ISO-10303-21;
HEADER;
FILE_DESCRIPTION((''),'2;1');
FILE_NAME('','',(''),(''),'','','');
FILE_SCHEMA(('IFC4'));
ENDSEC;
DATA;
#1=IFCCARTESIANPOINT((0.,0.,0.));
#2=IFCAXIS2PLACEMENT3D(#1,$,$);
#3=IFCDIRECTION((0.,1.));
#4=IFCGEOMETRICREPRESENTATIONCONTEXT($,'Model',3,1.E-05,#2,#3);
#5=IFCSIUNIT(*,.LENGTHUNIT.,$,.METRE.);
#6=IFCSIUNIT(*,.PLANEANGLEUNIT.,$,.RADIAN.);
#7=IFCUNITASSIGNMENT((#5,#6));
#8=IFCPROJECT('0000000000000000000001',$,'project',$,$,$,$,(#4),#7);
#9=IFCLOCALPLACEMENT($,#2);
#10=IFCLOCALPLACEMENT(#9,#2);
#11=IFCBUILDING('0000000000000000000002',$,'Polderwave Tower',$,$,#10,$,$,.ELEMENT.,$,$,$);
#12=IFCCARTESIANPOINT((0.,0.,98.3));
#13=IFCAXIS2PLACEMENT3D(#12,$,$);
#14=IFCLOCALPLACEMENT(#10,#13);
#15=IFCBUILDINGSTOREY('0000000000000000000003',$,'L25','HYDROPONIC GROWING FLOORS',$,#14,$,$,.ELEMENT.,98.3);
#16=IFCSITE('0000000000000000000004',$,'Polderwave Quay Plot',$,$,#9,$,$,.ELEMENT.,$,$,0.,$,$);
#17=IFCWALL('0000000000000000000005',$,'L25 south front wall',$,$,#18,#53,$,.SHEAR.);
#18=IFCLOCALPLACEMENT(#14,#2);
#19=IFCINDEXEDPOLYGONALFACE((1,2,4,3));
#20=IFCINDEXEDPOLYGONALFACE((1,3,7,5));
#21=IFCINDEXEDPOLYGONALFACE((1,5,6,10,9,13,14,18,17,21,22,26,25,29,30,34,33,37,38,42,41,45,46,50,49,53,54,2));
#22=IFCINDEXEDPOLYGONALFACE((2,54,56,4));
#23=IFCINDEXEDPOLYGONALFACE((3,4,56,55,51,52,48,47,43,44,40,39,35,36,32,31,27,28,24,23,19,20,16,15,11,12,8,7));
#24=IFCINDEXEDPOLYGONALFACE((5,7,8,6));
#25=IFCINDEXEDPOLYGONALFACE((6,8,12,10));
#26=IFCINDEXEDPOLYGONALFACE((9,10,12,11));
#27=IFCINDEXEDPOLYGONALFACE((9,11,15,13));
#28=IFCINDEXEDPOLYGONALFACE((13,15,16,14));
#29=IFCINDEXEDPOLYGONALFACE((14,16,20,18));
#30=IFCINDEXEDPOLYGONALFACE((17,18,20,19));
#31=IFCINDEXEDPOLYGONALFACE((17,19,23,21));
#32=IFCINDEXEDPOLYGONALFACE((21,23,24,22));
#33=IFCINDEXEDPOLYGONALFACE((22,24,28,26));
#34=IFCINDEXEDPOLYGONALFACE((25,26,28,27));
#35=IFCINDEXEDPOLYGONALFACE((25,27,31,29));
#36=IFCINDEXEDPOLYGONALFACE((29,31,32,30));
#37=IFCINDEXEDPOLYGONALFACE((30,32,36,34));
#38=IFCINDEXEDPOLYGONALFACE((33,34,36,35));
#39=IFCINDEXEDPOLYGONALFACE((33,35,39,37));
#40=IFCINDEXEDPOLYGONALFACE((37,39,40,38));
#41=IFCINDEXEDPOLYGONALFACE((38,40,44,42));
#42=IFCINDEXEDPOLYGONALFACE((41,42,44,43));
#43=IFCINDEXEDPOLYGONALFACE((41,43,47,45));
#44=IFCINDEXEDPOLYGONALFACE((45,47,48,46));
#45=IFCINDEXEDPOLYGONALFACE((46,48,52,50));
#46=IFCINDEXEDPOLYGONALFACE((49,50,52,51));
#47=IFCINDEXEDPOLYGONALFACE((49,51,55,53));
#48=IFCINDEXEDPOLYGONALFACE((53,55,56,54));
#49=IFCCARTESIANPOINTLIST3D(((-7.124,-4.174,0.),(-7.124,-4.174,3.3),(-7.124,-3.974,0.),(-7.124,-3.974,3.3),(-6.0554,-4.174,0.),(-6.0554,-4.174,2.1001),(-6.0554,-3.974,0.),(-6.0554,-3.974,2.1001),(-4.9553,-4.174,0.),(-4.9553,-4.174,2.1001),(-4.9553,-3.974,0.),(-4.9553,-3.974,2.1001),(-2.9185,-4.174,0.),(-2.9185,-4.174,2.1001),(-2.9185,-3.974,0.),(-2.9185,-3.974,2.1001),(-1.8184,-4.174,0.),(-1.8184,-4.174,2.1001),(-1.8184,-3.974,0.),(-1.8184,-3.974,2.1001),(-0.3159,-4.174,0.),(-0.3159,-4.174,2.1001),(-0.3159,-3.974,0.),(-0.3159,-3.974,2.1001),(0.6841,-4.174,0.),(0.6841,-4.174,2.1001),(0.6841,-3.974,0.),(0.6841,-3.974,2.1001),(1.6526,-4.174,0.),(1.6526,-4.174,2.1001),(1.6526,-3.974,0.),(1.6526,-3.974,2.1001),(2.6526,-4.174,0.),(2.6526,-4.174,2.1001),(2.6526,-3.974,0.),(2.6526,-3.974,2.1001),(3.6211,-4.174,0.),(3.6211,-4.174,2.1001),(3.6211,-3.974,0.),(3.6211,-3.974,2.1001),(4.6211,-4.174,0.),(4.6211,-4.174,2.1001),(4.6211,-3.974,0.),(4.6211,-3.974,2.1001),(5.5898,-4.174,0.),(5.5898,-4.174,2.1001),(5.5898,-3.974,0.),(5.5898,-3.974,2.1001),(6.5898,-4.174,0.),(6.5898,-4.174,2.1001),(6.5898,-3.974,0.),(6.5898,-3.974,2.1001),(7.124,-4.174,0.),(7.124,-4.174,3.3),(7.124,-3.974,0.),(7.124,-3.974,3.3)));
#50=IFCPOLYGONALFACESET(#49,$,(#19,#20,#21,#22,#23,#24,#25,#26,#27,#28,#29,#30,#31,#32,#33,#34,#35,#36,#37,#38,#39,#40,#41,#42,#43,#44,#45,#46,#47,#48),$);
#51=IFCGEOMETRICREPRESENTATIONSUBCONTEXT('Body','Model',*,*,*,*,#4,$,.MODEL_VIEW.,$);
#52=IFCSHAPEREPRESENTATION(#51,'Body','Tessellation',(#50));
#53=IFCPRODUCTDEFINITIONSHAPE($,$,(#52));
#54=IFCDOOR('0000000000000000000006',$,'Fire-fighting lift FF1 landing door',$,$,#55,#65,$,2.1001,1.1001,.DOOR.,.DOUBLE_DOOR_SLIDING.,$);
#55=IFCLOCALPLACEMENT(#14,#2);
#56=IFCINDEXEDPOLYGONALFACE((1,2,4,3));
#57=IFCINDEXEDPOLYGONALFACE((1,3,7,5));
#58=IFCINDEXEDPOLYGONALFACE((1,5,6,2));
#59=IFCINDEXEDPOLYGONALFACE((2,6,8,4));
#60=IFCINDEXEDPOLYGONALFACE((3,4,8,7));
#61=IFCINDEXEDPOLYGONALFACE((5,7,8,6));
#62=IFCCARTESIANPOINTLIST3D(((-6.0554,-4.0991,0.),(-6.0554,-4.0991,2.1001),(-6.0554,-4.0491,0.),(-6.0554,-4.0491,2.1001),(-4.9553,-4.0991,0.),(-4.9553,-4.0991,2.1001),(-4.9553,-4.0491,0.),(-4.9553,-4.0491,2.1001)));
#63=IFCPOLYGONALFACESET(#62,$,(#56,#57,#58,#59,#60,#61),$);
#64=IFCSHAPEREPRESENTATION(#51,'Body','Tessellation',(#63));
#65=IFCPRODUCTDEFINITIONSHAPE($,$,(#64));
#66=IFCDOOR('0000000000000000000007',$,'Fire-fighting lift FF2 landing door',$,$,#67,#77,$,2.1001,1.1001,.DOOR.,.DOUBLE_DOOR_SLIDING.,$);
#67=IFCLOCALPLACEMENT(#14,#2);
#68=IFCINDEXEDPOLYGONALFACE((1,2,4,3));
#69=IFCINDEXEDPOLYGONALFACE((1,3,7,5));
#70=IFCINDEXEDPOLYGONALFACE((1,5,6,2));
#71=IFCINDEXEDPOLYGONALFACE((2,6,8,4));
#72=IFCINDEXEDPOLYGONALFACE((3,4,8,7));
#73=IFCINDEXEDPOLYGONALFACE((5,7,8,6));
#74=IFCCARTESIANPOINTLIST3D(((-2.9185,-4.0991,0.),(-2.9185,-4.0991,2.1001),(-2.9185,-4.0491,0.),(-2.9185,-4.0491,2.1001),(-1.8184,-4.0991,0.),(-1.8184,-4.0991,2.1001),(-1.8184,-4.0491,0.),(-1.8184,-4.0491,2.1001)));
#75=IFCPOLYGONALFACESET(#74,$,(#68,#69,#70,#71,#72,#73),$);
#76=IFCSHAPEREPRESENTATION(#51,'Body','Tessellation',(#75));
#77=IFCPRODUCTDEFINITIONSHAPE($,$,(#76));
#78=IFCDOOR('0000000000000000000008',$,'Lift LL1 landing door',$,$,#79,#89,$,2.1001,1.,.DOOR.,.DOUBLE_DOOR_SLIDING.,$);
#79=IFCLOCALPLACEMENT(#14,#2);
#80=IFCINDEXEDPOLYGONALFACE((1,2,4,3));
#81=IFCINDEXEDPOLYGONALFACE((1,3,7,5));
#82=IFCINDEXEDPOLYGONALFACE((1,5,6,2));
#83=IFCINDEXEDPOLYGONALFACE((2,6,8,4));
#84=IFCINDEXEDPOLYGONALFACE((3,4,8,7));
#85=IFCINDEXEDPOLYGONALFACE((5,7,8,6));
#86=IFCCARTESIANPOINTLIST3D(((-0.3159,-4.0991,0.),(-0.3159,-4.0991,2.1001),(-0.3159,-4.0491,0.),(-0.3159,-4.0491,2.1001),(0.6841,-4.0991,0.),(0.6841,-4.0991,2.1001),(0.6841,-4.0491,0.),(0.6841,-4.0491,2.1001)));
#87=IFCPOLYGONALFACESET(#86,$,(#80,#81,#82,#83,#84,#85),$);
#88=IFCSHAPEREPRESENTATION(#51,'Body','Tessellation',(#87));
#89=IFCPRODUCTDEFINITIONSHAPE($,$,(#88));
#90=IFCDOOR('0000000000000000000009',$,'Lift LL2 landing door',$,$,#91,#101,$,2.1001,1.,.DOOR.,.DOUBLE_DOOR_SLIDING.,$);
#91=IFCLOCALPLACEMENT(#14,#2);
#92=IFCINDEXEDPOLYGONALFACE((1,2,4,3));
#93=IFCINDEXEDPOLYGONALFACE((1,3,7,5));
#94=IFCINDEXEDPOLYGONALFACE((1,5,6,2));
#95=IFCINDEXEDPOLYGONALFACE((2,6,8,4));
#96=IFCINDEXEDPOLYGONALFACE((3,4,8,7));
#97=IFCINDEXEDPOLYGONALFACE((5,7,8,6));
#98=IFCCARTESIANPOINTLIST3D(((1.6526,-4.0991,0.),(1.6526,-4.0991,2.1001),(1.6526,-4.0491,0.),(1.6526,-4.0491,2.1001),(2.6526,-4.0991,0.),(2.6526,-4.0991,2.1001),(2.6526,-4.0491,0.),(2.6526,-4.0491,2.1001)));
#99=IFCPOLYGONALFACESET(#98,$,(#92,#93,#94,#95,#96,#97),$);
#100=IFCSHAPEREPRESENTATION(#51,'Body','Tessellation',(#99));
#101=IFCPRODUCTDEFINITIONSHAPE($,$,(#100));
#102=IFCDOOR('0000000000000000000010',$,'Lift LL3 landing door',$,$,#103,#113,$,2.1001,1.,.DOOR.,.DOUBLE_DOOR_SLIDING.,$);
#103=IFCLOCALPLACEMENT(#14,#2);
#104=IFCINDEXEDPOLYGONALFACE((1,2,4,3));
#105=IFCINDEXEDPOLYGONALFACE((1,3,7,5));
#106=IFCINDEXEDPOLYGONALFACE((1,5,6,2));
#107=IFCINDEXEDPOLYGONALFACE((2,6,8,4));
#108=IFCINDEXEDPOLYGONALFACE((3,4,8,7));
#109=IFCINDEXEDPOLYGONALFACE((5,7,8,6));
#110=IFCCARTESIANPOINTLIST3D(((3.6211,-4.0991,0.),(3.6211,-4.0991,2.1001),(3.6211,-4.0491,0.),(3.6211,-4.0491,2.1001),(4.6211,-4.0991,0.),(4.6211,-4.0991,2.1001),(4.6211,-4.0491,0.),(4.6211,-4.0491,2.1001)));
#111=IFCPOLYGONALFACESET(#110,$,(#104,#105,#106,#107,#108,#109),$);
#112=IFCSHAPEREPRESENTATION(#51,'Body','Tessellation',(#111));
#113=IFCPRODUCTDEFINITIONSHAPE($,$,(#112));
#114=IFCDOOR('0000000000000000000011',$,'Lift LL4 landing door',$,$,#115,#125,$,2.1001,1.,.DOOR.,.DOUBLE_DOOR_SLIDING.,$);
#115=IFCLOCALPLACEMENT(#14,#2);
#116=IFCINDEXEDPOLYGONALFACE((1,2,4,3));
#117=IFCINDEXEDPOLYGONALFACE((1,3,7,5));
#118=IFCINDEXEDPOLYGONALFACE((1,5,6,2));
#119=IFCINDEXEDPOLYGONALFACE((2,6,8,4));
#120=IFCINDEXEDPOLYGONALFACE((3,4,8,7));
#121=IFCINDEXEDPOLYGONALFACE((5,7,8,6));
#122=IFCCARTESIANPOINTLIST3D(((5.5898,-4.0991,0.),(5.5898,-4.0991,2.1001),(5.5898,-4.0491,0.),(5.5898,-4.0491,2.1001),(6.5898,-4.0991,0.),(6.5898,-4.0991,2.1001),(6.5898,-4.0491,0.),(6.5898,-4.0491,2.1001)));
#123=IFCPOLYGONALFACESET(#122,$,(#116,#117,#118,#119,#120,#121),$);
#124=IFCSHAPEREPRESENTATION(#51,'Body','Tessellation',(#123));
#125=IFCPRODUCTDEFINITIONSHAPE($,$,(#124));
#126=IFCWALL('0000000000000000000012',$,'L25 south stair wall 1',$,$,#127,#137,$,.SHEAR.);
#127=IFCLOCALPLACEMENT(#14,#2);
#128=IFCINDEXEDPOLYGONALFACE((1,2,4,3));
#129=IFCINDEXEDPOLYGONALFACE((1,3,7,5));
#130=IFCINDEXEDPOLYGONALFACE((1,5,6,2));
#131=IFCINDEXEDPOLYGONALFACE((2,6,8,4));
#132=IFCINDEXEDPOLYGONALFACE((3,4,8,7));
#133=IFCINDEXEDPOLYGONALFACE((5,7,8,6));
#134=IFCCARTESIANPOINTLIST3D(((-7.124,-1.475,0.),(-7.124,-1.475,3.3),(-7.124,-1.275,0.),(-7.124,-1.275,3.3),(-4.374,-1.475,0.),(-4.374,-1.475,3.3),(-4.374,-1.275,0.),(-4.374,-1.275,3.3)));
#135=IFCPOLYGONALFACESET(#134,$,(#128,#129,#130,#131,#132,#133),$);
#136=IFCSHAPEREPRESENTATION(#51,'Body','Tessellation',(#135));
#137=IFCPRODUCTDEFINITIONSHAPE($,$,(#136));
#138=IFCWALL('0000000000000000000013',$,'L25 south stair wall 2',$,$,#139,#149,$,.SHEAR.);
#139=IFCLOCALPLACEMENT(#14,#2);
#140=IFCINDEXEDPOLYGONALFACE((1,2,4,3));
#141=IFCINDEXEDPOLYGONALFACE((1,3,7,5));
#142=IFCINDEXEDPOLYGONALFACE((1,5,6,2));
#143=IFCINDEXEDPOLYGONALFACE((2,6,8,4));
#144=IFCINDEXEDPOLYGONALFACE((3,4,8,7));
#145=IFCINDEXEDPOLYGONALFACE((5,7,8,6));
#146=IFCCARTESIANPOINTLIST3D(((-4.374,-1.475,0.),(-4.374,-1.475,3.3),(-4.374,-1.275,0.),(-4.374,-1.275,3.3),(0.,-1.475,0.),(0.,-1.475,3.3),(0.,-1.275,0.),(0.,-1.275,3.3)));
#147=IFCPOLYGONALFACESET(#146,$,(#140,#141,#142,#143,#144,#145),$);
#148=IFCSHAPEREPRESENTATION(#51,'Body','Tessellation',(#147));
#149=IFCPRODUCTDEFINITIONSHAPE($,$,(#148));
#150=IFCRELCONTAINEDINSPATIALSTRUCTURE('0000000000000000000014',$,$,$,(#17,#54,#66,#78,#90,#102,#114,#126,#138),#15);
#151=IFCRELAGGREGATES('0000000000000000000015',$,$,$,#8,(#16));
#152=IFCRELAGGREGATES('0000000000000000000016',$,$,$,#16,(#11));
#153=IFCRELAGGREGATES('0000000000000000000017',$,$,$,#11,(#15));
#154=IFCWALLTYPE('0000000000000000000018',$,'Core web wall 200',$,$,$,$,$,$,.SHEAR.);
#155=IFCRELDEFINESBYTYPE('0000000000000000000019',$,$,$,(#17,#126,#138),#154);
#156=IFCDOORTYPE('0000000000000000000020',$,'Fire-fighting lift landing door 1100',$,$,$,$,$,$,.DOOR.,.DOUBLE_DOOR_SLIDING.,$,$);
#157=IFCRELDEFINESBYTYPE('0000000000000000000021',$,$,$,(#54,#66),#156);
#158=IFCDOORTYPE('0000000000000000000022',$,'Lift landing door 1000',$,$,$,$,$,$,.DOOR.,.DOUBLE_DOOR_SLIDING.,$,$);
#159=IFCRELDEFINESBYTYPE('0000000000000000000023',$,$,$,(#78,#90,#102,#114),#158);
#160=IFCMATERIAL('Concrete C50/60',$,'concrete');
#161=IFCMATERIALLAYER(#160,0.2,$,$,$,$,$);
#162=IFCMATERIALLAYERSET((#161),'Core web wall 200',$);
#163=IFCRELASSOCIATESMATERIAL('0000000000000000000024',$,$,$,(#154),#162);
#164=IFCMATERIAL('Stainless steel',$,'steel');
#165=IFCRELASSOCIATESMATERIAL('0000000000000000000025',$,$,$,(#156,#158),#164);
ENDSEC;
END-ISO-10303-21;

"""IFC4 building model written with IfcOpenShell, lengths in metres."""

from ifc_helpers import new_model, si_unit, direction, frame, frame_2d, origin, place, context, subcontext, project, spatial, rectangle, extrude, material, layer, layer_set, type_object, element, fill, save


model = new_model("IFC4")

# Units and contexts
model_context = context("Model", 3, precision=1e-05, world=origin(), true_north=direction((0.0, 1.0)))
body_context = subcontext(model_context, "Body", "Model", "MODEL_VIEW")
ifc_project = project(units=[si_unit("LENGTHUNIT", "METRE"), si_unit("PLANEANGLEUNIT", "RADIAN")], contexts=[model_context])

# Site, building, storey
site_placement = place(None, origin())
site = spatial("IfcSite", under=ifc_project, at=site_placement, Name="Polderwave Quay Plot", CompositionType="ELEMENT", RefElevation=0.0)
building_placement = place(site_placement, origin())
building = spatial("IfcBuilding", under=site, at=building_placement, Name="Polderwave Tower", CompositionType="ELEMENT")
storey_placement = place(building_placement, frame((0.0, 0.0, 98.3)))
storey = spatial("IfcBuildingStorey", under=building, at=storey_placement, Name="L25", Description="HYDROPONIC GROWING FLOORS", CompositionType="ELEMENT", Elevation=98.3)

# Wall, openings, doors
ifc_material_1 = material(Name="Concrete C50/60", Category="concrete")
ifc_layer_1 = layer(ifc_material_1, 0.2)
ifc_layer_set_1 = layer_set([ifc_layer_1], Name="Core web wall 200")
wall_type_1 = type_object("IfcWallType", Name="Core web wall 200", PredefinedType="SHEAR", material=ifc_layer_set_1)
wall_1_placement = place(storey_placement, frame((-7.124, -4.074, 0.0), z_axis=(0.0, 0.0, 1.0), x_axis=(1.0, 0.0, 0.0)))
wall_1 = element("IfcWall", 1, at=wall_1_placement, inside=storey, type_object=wall_type_1, Name="L25 south front wall", PredefinedType="SHEAR", context=body_context, shape_type="SweptSolid", body=[
    extrude(rectangle(XDim=14.248, YDim=0.2, at=frame_2d((7.124, 0.0))), origin(), (0.0, 0.0, 1.0), 3.3),
])
opening_1_placement = place(wall_1_placement, frame((1.0686, 0.0, 0.0)))
opening_1 = element("IfcOpeningElement", 2, at=opening_1_placement, cuts=wall_1, PredefinedType="OPENING", context=body_context, shape_type="SweptSolid", body=[
    extrude(rectangle(XDim=1.1001, YDim=2.1001, at=frame_2d((0.55, 1.05))), frame((0.0, 0.1099, 0.0), z_axis=(0.0, -1.0, 0.0), x_axis=(1.0, 0.0, 0.0)), (0.0, 0.0, 1.0), 0.22),
])
opening_2_placement = place(wall_1_placement, frame((4.2056, 0.0, 0.0)))
opening_2 = element("IfcOpeningElement", 3, at=opening_2_placement, cuts=wall_1, PredefinedType="OPENING", context=body_context, shape_type="SweptSolid", body=[
    extrude(rectangle(XDim=1.1001, YDim=2.1001, at=frame_2d((0.55, 1.05))), frame((0.0, 0.1099, 0.0), z_axis=(0.0, -1.0, 0.0), x_axis=(1.0, 0.0, 0.0)), (0.0, 0.0, 1.0), 0.22),
])
opening_3_placement = place(wall_1_placement, frame((6.8081, 0.0, 0.0)))
opening_3 = element("IfcOpeningElement", 4, at=opening_3_placement, cuts=wall_1, PredefinedType="OPENING", context=body_context, shape_type="SweptSolid", body=[
    extrude(rectangle(XDim=1.0, YDim=2.1001, at=frame_2d((0.5, 1.05))), frame((0.0, 0.1099, 0.0), z_axis=(0.0, -1.0, 0.0), x_axis=(1.0, 0.0, 0.0)), (0.0, 0.0, 1.0), 0.22),
])
opening_4_placement = place(wall_1_placement, frame((8.7766, 0.0, 0.0)))
opening_4 = element("IfcOpeningElement", 5, at=opening_4_placement, cuts=wall_1, PredefinedType="OPENING", context=body_context, shape_type="SweptSolid", body=[
    extrude(rectangle(XDim=1.0, YDim=2.1001, at=frame_2d((0.5, 1.05))), frame((0.0, 0.1099, 0.0), z_axis=(0.0, -1.0, 0.0), x_axis=(1.0, 0.0, 0.0)), (0.0, 0.0, 1.0), 0.22),
])
opening_5_placement = place(wall_1_placement, frame((10.7451, 0.0, 0.0)))
opening_5 = element("IfcOpeningElement", 6, at=opening_5_placement, cuts=wall_1, PredefinedType="OPENING", context=body_context, shape_type="SweptSolid", body=[
    extrude(rectangle(XDim=1.0, YDim=2.1001, at=frame_2d((0.5, 1.05))), frame((0.0, 0.1099, 0.0), z_axis=(0.0, -1.0, 0.0), x_axis=(1.0, 0.0, 0.0)), (0.0, 0.0, 1.0), 0.22),
])
opening_6_placement = place(wall_1_placement, frame((12.7139, 0.0, 0.0)))
opening_6 = element("IfcOpeningElement", 7, at=opening_6_placement, cuts=wall_1, PredefinedType="OPENING", context=body_context, shape_type="SweptSolid", body=[
    extrude(rectangle(XDim=1.0, YDim=2.1001, at=frame_2d((0.5, 1.05))), frame((0.0, 0.1099, 0.0), z_axis=(0.0, -1.0, 0.0), x_axis=(1.0, 0.0, 0.0)), (0.0, 0.0, 1.0), 0.22),
])
ifc_material_2 = material(Name="Stainless steel", Category="steel")
door_type_1 = type_object("IfcDoorType", Name="Fire-fighting lift landing door 1100", OperationType="DOUBLE_DOOR_SLIDING", PredefinedType="DOOR", material=ifc_material_2)
door_1_placement = place(opening_1_placement, origin())
door_1 = element("IfcDoor", 8, at=door_1_placement, inside=storey, type_object=door_type_1, Name="Fire-fighting lift FF1 landing door", OperationType="DOUBLE_DOOR_SLIDING", OverallHeight=2.1001, OverallWidth=1.1001, PredefinedType="DOOR", context=body_context, shape_type="SweptSolid", body=[
    extrude(rectangle(XDim=1.1001, YDim=2.1001, at=frame_2d((0.55, 1.05))), frame((0.0, 0.0249, 0.0), z_axis=(0.0, -1.0, 0.0), x_axis=(1.0, 0.0, 0.0)), (0.0, 0.0, 1.0), 0.05),
])
fill(opening_1, door_1)
door_2_placement = place(opening_2_placement, origin())
door_2 = element("IfcDoor", 9, at=door_2_placement, inside=storey, type_object=door_type_1, Name="Fire-fighting lift FF2 landing door", OperationType="DOUBLE_DOOR_SLIDING", OverallHeight=2.1001, OverallWidth=1.1001, PredefinedType="DOOR", context=body_context, shape_type="SweptSolid", body=[
    extrude(rectangle(XDim=1.1001, YDim=2.1001, at=frame_2d((0.55, 1.05))), frame((0.0, 0.0249, 0.0), z_axis=(0.0, -1.0, 0.0), x_axis=(1.0, 0.0, 0.0)), (0.0, 0.0, 1.0), 0.05),
])
fill(opening_2, door_2)
door_type_2 = type_object("IfcDoorType", Name="Lift landing door 1000", OperationType="DOUBLE_DOOR_SLIDING", PredefinedType="DOOR", material=ifc_material_2)
door_3_placement = place(opening_3_placement, origin())
door_3 = element("IfcDoor", 10, at=door_3_placement, inside=storey, type_object=door_type_2, Name="Lift LL1 landing door", OperationType="DOUBLE_DOOR_SLIDING", OverallHeight=2.1001, OverallWidth=1.0, PredefinedType="DOOR", context=body_context, shape_type="SweptSolid", body=[
    extrude(rectangle(XDim=1.0, YDim=2.1001, at=frame_2d((0.5, 1.05))), frame((0.0, 0.0249, 0.0), z_axis=(0.0, -1.0, 0.0), x_axis=(1.0, 0.0, 0.0)), (0.0, 0.0, 1.0), 0.05),
])
fill(opening_3, door_3)
door_4_placement = place(opening_4_placement, origin())
door_4 = element("IfcDoor", 11, at=door_4_placement, inside=storey, type_object=door_type_2, Name="Lift LL2 landing door", OperationType="DOUBLE_DOOR_SLIDING", OverallHeight=2.1001, OverallWidth=1.0, PredefinedType="DOOR", context=body_context, shape_type="SweptSolid", body=[
    extrude(rectangle(XDim=1.0, YDim=2.1001, at=frame_2d((0.5, 1.05))), frame((0.0, 0.0249, 0.0), z_axis=(0.0, -1.0, 0.0), x_axis=(1.0, 0.0, 0.0)), (0.0, 0.0, 1.0), 0.05),
])
fill(opening_4, door_4)
door_5_placement = place(opening_5_placement, origin())
door_5 = element("IfcDoor", 12, at=door_5_placement, inside=storey, type_object=door_type_2, Name="Lift LL3 landing door", OperationType="DOUBLE_DOOR_SLIDING", OverallHeight=2.1001, OverallWidth=1.0, PredefinedType="DOOR", context=body_context, shape_type="SweptSolid", body=[
    extrude(rectangle(XDim=1.0, YDim=2.1001, at=frame_2d((0.5, 1.05))), frame((0.0, 0.0249, 0.0), z_axis=(0.0, -1.0, 0.0), x_axis=(1.0, 0.0, 0.0)), (0.0, 0.0, 1.0), 0.05),
])
fill(opening_5, door_5)
door_6_placement = place(opening_6_placement, origin())
door_6 = element("IfcDoor", 13, at=door_6_placement, inside=storey, type_object=door_type_2, Name="Lift LL4 landing door", OperationType="DOUBLE_DOOR_SLIDING", OverallHeight=2.1001, OverallWidth=1.0, PredefinedType="DOOR", context=body_context, shape_type="SweptSolid", body=[
    extrude(rectangle(XDim=1.0, YDim=2.1001, at=frame_2d((0.5, 1.05))), frame((0.0, 0.0249, 0.0), z_axis=(0.0, -1.0, 0.0), x_axis=(1.0, 0.0, 0.0)), (0.0, 0.0, 1.0), 0.05),
])
fill(opening_6, door_6)

# Walls
wall_2_placement = place(storey_placement, frame((-7.124, -1.375, 0.0), z_axis=(0.0, 0.0, 1.0), x_axis=(1.0, 0.0, 0.0)))
element("IfcWall", 14, at=wall_2_placement, inside=storey, type_object=wall_type_1, Name="L25 south stair wall 1", PredefinedType="SHEAR", context=body_context, shape_type="SweptSolid", body=[
    extrude(rectangle(XDim=2.75, YDim=0.2, at=frame_2d((1.375, 0.0))), origin(), (0.0, 0.0, 1.0), 3.3),
])
wall_3_placement = place(storey_placement, frame((-4.374, -1.375, 0.0), z_axis=(0.0, 0.0, 1.0), x_axis=(1.0, 0.0, 0.0)))
element("IfcWall", 15, at=wall_3_placement, inside=storey, type_object=wall_type_1, Name="L25 south stair wall 2", PredefinedType="SHEAR", context=body_context, shape_type="SweptSolid", body=[
    extrude(rectangle(XDim=4.374, YDim=0.2, at=frame_2d((2.187, 0.0))), origin(), (0.0, 0.0, 1.0), 3.3),
])

save(model, "model.ifc")
